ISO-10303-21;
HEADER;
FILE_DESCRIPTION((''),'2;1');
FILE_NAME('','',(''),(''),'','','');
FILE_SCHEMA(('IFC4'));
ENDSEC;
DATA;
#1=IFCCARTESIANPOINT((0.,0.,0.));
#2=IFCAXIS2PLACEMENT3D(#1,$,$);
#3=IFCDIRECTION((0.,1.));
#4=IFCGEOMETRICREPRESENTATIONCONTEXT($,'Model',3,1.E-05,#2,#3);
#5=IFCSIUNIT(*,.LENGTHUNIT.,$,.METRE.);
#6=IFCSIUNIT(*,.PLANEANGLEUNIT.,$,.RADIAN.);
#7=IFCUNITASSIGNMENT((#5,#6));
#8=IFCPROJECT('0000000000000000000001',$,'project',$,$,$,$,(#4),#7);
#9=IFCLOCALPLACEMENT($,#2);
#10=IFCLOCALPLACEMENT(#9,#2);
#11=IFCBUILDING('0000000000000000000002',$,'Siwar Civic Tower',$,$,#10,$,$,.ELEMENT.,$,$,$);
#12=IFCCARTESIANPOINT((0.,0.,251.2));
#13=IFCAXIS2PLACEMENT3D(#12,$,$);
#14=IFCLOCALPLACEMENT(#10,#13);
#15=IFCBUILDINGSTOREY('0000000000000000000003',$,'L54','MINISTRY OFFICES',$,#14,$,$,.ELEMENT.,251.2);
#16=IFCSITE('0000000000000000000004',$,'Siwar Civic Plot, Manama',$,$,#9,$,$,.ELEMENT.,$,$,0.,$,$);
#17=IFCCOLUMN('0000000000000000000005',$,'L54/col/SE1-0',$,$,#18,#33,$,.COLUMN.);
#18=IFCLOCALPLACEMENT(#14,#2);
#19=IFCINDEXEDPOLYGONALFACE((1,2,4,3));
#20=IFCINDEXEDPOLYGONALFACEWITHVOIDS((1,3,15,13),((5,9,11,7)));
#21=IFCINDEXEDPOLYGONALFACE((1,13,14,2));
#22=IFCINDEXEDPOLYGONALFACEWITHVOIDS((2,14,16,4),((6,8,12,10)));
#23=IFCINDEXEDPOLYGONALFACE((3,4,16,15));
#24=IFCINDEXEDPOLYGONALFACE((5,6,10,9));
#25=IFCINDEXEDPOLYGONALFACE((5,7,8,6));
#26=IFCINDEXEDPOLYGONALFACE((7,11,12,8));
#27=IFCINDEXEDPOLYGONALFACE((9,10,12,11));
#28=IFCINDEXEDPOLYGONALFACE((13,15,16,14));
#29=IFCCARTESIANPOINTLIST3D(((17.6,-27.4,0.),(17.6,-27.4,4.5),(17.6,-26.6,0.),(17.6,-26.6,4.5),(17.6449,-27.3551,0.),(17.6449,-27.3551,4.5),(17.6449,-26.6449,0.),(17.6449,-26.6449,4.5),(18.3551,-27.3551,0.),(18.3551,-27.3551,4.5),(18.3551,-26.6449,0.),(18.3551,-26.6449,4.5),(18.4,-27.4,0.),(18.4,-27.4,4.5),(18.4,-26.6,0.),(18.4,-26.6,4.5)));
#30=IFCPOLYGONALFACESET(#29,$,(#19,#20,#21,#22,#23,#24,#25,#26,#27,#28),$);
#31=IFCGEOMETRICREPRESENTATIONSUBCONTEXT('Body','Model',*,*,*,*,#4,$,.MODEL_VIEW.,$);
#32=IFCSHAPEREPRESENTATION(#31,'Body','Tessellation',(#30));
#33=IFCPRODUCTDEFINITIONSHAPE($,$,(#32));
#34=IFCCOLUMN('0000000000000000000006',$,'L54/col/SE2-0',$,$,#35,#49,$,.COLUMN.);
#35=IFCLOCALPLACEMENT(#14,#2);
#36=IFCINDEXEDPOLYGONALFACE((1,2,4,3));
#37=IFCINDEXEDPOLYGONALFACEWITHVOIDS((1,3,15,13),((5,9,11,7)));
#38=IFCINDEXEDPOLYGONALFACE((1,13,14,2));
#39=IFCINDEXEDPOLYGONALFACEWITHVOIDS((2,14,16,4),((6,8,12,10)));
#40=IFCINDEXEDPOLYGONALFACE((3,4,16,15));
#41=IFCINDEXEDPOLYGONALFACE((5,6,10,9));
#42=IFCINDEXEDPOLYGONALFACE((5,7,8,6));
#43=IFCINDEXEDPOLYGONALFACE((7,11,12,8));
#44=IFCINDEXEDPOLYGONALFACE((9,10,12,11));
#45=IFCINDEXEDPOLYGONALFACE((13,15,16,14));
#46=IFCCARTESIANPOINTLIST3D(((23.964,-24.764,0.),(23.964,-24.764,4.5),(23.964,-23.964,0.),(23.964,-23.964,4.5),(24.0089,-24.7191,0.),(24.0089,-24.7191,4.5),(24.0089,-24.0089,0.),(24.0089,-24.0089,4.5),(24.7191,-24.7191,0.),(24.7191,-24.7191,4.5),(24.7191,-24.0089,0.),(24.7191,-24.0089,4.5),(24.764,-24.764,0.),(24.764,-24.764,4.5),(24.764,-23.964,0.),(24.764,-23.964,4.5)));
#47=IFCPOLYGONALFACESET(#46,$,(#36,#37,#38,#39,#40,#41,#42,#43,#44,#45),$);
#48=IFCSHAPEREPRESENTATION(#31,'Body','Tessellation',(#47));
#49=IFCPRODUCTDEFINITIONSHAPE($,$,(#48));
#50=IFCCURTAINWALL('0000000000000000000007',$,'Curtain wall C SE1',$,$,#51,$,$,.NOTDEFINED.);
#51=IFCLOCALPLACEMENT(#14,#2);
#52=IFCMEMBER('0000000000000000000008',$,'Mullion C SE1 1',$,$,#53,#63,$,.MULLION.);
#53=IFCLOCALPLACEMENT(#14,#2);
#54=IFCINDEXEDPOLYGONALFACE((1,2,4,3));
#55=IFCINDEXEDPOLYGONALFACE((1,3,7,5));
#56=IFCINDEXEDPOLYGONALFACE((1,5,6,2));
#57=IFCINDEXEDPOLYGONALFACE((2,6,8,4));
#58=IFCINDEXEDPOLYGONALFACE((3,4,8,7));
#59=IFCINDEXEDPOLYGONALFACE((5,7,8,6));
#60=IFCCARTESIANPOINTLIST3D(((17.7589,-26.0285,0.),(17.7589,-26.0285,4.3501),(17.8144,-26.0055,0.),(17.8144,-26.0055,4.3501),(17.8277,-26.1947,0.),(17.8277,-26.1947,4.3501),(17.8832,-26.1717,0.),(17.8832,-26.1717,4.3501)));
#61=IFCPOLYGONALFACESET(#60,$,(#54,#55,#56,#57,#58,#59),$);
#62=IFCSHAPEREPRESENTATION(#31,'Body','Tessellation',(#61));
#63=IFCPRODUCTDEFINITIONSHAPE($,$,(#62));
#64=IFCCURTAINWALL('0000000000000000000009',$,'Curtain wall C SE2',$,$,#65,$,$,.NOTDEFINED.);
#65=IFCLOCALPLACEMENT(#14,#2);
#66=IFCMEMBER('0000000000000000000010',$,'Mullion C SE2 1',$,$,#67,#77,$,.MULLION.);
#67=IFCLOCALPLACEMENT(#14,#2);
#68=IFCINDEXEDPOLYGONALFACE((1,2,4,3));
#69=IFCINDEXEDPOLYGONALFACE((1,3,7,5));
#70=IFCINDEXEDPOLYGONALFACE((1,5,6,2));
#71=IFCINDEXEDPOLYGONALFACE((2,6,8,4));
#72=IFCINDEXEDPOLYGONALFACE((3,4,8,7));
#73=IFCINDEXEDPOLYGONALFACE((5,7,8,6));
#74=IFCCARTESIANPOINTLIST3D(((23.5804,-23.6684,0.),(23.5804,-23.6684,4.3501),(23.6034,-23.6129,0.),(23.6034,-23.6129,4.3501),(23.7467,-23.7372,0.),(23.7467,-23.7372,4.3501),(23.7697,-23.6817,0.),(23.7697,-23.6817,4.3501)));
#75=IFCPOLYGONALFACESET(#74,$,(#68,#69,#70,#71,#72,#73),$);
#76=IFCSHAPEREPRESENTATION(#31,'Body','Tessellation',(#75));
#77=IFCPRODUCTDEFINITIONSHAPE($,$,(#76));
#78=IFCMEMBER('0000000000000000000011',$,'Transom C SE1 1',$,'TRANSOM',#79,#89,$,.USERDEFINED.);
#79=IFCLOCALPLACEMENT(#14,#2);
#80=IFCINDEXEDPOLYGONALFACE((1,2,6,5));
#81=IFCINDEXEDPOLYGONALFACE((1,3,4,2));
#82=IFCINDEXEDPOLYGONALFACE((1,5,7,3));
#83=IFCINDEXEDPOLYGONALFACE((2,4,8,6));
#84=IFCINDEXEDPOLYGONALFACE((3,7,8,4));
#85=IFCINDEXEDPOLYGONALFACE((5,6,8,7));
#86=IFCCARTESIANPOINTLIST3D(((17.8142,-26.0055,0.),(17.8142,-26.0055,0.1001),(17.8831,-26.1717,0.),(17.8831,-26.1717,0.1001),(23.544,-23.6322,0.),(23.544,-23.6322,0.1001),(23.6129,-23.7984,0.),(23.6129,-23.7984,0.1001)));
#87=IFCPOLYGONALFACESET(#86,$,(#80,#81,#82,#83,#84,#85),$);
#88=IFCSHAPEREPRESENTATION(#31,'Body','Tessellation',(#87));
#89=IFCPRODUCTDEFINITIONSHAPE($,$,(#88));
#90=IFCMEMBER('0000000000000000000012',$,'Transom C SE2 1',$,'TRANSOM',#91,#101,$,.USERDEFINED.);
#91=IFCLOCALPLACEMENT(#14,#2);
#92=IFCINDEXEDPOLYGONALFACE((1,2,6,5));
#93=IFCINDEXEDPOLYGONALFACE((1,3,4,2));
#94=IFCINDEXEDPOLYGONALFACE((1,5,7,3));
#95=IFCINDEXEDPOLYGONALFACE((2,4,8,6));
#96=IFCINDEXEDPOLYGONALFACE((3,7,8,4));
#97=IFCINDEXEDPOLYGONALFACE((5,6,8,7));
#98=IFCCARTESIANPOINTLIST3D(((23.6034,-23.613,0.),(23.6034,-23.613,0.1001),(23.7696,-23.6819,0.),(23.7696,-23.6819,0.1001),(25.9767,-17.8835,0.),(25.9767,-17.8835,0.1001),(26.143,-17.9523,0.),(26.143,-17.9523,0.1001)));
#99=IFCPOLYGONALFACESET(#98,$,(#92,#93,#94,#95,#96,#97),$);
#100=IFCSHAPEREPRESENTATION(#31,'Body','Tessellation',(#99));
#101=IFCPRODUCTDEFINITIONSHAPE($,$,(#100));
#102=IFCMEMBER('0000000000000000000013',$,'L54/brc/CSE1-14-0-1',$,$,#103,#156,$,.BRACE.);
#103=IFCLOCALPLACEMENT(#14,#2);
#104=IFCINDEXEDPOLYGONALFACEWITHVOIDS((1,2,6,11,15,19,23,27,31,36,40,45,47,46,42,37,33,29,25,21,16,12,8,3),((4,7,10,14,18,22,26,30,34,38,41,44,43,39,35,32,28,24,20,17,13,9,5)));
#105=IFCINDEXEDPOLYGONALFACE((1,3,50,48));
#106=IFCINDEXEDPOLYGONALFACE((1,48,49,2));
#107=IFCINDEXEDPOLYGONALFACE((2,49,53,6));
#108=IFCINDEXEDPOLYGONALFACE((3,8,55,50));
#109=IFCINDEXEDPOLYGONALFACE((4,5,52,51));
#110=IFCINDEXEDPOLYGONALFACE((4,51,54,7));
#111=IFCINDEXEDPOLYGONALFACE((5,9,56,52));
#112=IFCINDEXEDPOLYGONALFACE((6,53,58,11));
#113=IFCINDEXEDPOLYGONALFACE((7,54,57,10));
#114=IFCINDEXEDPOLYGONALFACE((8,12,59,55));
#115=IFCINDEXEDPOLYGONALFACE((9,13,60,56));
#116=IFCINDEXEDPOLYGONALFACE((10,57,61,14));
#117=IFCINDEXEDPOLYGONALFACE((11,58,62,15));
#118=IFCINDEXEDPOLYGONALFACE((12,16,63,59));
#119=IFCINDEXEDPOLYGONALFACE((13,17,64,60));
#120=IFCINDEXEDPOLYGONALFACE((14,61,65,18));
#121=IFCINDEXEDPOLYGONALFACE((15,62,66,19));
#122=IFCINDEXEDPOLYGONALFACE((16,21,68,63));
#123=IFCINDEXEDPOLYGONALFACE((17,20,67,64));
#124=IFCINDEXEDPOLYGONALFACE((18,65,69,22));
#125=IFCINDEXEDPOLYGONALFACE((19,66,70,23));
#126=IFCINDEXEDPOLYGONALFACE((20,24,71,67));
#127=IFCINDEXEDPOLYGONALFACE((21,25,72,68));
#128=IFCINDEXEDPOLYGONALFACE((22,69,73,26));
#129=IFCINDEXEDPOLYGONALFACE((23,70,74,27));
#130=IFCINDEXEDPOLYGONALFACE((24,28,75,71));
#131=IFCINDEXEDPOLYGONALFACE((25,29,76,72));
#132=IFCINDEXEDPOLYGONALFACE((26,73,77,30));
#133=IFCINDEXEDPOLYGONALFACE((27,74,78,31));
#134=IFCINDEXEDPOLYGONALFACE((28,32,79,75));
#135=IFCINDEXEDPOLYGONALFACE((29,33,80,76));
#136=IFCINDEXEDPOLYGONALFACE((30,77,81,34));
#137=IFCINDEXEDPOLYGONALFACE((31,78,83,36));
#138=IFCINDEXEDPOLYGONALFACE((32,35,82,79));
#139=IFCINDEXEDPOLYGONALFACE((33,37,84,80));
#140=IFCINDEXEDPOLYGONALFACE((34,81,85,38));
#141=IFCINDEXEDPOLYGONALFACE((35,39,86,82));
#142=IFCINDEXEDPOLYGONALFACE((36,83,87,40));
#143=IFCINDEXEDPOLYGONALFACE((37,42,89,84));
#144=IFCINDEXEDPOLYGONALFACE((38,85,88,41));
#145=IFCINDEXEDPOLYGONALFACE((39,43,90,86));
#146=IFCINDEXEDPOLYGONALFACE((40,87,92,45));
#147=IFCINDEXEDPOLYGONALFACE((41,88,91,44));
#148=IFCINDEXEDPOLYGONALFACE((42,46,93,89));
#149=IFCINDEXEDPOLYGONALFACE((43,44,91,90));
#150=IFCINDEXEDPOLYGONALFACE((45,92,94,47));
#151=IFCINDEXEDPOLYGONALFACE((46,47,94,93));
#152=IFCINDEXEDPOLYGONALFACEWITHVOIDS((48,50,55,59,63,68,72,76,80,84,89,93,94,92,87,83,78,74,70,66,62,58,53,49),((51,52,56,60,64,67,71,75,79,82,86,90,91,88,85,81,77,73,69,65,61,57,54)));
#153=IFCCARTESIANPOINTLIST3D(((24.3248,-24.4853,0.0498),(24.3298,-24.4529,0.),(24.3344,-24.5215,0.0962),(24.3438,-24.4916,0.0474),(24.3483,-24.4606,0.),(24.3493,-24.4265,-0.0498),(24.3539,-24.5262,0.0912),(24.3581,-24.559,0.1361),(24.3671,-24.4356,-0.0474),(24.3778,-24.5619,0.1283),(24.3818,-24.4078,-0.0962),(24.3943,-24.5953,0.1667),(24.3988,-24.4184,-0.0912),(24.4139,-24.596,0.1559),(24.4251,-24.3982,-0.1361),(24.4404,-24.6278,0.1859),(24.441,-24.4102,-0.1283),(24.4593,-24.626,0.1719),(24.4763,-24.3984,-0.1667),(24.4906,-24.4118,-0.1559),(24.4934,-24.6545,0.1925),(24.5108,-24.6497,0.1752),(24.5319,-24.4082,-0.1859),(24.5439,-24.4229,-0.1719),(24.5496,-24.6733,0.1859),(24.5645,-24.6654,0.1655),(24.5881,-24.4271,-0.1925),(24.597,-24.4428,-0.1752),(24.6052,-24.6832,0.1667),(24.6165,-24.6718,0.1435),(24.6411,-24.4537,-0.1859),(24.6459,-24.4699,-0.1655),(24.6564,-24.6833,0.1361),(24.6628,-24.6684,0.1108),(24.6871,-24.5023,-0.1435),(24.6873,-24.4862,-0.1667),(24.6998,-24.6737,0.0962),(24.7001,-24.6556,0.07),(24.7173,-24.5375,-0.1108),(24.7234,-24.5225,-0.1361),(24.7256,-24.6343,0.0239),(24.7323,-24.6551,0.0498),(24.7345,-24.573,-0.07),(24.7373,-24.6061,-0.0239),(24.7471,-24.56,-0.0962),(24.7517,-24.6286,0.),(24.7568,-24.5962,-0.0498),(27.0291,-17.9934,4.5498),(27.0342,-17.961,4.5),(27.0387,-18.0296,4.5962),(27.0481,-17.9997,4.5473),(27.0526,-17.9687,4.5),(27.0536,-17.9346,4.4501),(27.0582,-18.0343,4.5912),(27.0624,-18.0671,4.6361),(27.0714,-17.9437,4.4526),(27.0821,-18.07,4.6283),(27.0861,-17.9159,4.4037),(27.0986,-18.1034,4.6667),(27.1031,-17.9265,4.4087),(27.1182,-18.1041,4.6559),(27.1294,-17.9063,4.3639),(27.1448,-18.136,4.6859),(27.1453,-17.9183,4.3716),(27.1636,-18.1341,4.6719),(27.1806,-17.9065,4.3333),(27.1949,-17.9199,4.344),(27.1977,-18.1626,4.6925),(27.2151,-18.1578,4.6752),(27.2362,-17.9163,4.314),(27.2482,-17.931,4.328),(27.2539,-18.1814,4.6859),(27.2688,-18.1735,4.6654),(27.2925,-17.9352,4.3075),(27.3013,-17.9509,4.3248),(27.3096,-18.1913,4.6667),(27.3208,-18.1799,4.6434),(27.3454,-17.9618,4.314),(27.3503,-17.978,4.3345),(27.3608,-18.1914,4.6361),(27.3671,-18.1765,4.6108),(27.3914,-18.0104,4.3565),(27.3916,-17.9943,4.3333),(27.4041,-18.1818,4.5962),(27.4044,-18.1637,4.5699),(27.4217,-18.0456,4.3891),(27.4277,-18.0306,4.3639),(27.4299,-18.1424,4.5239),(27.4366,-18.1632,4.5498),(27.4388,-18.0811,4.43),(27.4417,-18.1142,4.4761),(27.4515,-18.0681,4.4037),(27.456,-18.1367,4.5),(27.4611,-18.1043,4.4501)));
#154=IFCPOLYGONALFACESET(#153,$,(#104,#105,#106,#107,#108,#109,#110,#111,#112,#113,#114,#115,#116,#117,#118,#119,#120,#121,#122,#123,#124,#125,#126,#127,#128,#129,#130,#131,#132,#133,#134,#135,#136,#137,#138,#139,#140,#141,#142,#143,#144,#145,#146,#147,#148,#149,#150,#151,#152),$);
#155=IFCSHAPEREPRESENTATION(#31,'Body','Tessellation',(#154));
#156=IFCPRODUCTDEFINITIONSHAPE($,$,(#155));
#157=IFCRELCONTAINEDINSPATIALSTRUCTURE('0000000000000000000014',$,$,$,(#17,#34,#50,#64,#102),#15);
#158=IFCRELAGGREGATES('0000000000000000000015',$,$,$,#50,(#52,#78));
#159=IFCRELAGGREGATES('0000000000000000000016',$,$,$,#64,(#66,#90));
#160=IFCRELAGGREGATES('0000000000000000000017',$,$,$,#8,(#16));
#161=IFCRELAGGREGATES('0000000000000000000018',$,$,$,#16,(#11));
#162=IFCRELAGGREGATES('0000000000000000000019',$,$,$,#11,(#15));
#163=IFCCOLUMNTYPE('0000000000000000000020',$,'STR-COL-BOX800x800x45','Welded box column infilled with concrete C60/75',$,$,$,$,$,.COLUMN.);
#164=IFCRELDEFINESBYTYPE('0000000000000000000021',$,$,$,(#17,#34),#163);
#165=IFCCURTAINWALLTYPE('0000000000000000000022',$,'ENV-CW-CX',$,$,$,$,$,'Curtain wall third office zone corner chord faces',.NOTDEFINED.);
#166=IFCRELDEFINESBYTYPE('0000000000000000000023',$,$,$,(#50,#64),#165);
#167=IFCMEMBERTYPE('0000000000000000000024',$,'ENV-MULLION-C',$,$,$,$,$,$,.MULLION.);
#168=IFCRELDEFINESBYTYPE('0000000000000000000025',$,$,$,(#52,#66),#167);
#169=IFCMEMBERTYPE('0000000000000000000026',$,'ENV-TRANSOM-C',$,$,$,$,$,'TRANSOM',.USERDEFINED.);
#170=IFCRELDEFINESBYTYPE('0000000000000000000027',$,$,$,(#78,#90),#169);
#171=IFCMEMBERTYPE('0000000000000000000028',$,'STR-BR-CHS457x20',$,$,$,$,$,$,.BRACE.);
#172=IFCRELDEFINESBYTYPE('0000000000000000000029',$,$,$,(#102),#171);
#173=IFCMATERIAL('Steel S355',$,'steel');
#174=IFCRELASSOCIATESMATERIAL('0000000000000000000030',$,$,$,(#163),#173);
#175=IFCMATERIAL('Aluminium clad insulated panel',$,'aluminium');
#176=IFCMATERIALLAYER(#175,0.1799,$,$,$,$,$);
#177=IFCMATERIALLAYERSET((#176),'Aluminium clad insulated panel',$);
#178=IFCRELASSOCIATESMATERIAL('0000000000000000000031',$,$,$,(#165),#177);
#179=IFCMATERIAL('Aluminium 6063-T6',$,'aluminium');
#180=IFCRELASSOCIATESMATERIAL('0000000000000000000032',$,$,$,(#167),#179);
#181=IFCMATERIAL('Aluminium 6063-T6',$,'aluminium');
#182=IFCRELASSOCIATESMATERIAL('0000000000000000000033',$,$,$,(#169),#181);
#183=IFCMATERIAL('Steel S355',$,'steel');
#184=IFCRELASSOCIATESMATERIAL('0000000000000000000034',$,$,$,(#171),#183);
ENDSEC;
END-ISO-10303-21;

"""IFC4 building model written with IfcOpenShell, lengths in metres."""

from ifc_helpers import new_model, si_unit, direction, frame, origin, origin_2d, place, context, subcontext, project, spatial, rectangle, hollow_rectangle, hollow_circle, extrude, material, layer, layer_set, material_profile, profile_set, type_object, element, aggregate, save


model = new_model("IFC4")

# Units and contexts
model_context = context("Model", 3, precision=1e-05, world=origin(), true_north=direction((0.0, 1.0)))
body_context = subcontext(model_context, "Body", "Model", "MODEL_VIEW")
ifc_project = project(units=[si_unit("LENGTHUNIT", "METRE"), si_unit("PLANEANGLEUNIT", "RADIAN")], contexts=[model_context])

# Site, building, storey
site_placement = place(None, origin())
site = spatial("IfcSite", under=ifc_project, at=site_placement, Name="Siwar Civic Plot, Manama", CompositionType="ELEMENT", RefElevation=0.0)
building_placement = place(site_placement, origin())
building = spatial("IfcBuilding", under=site, at=building_placement, Name="Siwar Civic Tower", CompositionType="ELEMENT")
storey_placement = place(building_placement, frame((0.0, 0.0, 251.2)))
storey = spatial("IfcBuildingStorey", under=building, at=storey_placement, Name="L54", Description="MINISTRY OFFICES", CompositionType="ELEMENT", Elevation=251.2)

# Columns
ifc_material_1 = material(Name="Steel S355", Category="steel")
ifc_material_profile_1 = material_profile(ifc_material_1, hollow_rectangle(XDim=0.8, YDim=0.8, WallThickness=0.0449, at=origin_2d()), Name="BOX800x800x45")
ifc_profile_set_1 = profile_set([ifc_material_profile_1], Name="Steel S355")
column_type = type_object("IfcColumnType", Name="STR-COL-BOX800x800x45", Description="Welded box column infilled with concrete C60/75", PredefinedType="COLUMN", material=ifc_profile_set_1)
for number, where, z_axis, x_axis, name in (
    (1, (18.0, -27.0, 0.0), (0.0, 0.0, 1.0), (1.0, 0.0, 0.0), "L54/col/SE1-0"),
    (2, (24.364, -24.364, 0.0), (0.0, 0.0, 1.0), (1.0, 0.0, 0.0), "L54/col/SE2-0"),
):
    element("IfcColumn", number, at=place(storey_placement, frame(where, z_axis=z_axis, x_axis=x_axis)), inside=storey, type_object=column_type, Name=name, PredefinedType="COLUMN", context=body_context, shape_type="SweptSolid", body=[
        extrude(hollow_rectangle(XDim=0.8, YDim=0.8, WallThickness=0.0449, at=origin_2d()), origin(), (0.0, 0.0, 1.0), 4.5),
    ])

# Curtain walls, members
ifc_material_2 = material(Name="Aluminium clad insulated panel", Category="aluminium")
ifc_layer_1 = layer(ifc_material_2, 0.1799)
ifc_layer_set_1 = layer_set([ifc_layer_1], Name="Aluminium clad insulated panel")
curtain_wall_type = type_object("IfcCurtainWallType", Name="ENV-CW-CX", ElementType="Curtain wall third office zone corner chord faces", PredefinedType="NOTDEFINED", material=ifc_layer_set_1)
curtain_wall_1_placement = place(storey_placement, origin())
curtain_wall_1 = element("IfcCurtainWall", 3, at=curtain_wall_1_placement, inside=storey, type_object=curtain_wall_type, Name="Curtain wall C SE1", PredefinedType="NOTDEFINED")
ifc_material_3 = material(Name="Aluminium 6063-T6", Category="aluminium")
ifc_material_profile_2 = material_profile(ifc_material_3, rectangle(XDim=0.1799, YDim=0.0601, at=origin_2d()), Name="AL 180x60")
ifc_profile_set_2 = profile_set([ifc_material_profile_2], Name="Aluminium 6063-T6")
member_type_1 = type_object("IfcMemberType", Name="ENV-MULLION-C", PredefinedType="MULLION", material=ifc_profile_set_2)
member_1_placement = place(storey_placement, frame((17.821, -26.1001, 0.0), z_axis=(0.0, 0.0, 1.0), x_axis=(-0.382683, 0.92388, 0.0)))
member_1 = element("IfcMember", 4, at=member_1_placement, type_object=member_type_1, Name="Mullion C SE1 1", PredefinedType="MULLION", context=body_context, shape_type="SweptSolid", body=[
    extrude(rectangle(XDim=0.1799, YDim=0.0601, at=origin_2d()), origin(), (0.0, 0.0, 1.0), 4.3501),
])
curtain_wall_2_placement = place(storey_placement, origin())
curtain_wall_2 = element("IfcCurtainWall", 5, at=curtain_wall_2_placement, inside=storey, type_object=curtain_wall_type, Name="Curtain wall C SE2", PredefinedType="NOTDEFINED")
member_2_placement = place(storey_placement, frame((23.675, -23.675, 0.0), z_axis=(0.0, 0.0, 1.0), x_axis=(-0.92388, 0.382683, 0.0)))
member_2 = element("IfcMember", 6, at=member_2_placement, type_object=member_type_1, Name="Mullion C SE2 1", PredefinedType="MULLION", context=body_context, shape_type="SweptSolid", body=[
    extrude(rectangle(XDim=0.1799, YDim=0.0601, at=origin_2d()), origin(), (0.0, 0.0, 1.0), 4.3501),
])

# Members
ifc_material_4 = material(Name="Aluminium 6063-T6", Category="aluminium")
ifc_material_profile_3 = material_profile(ifc_material_4, rectangle(XDim=0.1799, YDim=0.1001, at=origin_2d()), Name="AL 180x100")
ifc_profile_set_3 = profile_set([ifc_material_profile_3], Name="Aluminium 6063-T6")
member_type_2 = type_object("IfcMemberType", Name="ENV-TRANSOM-C", ElementType="TRANSOM", PredefinedType="USERDEFINED", material=ifc_profile_set_3)
member_3_placement = place(storey_placement, frame((17.8486, -26.0886, 0.05), z_axis=(0.923882, 0.382677, 0.0), x_axis=(-0.382677, 0.923882, 0.0)))
member_3 = element("IfcMember", 7, at=member_3_placement, type_object=member_type_2, Name="Transom C SE1 1", ObjectType="TRANSOM", PredefinedType="USERDEFINED", context=body_context, shape_type="SweptSolid", body=[
    extrude(rectangle(XDim=0.1799, YDim=0.1001, at=origin_2d()), origin(), (0.0, 0.0, 1.0), 6.2019),
])
member_4_placement = place(storey_placement, frame((23.6865, -23.6475, 0.05), z_axis=(0.382691, 0.923876, 0.0), x_axis=(-0.923876, 0.382691, 0.0)))
member_4 = element("IfcMember", 8, at=member_4_placement, type_object=member_type_2, Name="Transom C SE2 1", ObjectType="TRANSOM", PredefinedType="USERDEFINED", context=body_context, shape_type="SweptSolid", body=[
    extrude(rectangle(XDim=0.1799, YDim=0.1001, at=origin_2d()), origin(), (0.0, 0.0, 1.0), 6.2017),
])

# Member
ifc_material_5 = material(Name="Steel S355", Category="steel")
ifc_material_profile_4 = material_profile(ifc_material_5, hollow_circle(Radius=0.2285, WallThickness=0.02, at=origin_2d()), Name="CHS457x20")
ifc_profile_set_4 = profile_set([ifc_material_profile_4], Name="Steel S355")
member_type_3 = type_object("IfcMemberType", Name="STR-BR-CHS457x20", PredefinedType="BRACE", material=ifc_profile_set_4)
member_5_placement = place(storey_placement, frame((24.5408, -24.5408, 0.0), z_axis=(0.323906, 0.777555, 0.538975), x_axis=(-0.923109, 0.384539, 0.0)))
element("IfcMember", 9, at=member_5_placement, inside=storey, type_object=member_type_3, Name="L54/brc/CSE1-14-0-1", PredefinedType="BRACE", context=body_context, shape_type="SweptSolid", body=[
    extrude(hollow_circle(Radius=0.2285, WallThickness=0.02, at=origin_2d()), origin(), (0.0, 0.0, 1.0), 8.3491),
])

aggregate(curtain_wall_1, [member_1, member_3])
aggregate(curtain_wall_2, [member_2, member_4])

save(model, "model.ifc")
